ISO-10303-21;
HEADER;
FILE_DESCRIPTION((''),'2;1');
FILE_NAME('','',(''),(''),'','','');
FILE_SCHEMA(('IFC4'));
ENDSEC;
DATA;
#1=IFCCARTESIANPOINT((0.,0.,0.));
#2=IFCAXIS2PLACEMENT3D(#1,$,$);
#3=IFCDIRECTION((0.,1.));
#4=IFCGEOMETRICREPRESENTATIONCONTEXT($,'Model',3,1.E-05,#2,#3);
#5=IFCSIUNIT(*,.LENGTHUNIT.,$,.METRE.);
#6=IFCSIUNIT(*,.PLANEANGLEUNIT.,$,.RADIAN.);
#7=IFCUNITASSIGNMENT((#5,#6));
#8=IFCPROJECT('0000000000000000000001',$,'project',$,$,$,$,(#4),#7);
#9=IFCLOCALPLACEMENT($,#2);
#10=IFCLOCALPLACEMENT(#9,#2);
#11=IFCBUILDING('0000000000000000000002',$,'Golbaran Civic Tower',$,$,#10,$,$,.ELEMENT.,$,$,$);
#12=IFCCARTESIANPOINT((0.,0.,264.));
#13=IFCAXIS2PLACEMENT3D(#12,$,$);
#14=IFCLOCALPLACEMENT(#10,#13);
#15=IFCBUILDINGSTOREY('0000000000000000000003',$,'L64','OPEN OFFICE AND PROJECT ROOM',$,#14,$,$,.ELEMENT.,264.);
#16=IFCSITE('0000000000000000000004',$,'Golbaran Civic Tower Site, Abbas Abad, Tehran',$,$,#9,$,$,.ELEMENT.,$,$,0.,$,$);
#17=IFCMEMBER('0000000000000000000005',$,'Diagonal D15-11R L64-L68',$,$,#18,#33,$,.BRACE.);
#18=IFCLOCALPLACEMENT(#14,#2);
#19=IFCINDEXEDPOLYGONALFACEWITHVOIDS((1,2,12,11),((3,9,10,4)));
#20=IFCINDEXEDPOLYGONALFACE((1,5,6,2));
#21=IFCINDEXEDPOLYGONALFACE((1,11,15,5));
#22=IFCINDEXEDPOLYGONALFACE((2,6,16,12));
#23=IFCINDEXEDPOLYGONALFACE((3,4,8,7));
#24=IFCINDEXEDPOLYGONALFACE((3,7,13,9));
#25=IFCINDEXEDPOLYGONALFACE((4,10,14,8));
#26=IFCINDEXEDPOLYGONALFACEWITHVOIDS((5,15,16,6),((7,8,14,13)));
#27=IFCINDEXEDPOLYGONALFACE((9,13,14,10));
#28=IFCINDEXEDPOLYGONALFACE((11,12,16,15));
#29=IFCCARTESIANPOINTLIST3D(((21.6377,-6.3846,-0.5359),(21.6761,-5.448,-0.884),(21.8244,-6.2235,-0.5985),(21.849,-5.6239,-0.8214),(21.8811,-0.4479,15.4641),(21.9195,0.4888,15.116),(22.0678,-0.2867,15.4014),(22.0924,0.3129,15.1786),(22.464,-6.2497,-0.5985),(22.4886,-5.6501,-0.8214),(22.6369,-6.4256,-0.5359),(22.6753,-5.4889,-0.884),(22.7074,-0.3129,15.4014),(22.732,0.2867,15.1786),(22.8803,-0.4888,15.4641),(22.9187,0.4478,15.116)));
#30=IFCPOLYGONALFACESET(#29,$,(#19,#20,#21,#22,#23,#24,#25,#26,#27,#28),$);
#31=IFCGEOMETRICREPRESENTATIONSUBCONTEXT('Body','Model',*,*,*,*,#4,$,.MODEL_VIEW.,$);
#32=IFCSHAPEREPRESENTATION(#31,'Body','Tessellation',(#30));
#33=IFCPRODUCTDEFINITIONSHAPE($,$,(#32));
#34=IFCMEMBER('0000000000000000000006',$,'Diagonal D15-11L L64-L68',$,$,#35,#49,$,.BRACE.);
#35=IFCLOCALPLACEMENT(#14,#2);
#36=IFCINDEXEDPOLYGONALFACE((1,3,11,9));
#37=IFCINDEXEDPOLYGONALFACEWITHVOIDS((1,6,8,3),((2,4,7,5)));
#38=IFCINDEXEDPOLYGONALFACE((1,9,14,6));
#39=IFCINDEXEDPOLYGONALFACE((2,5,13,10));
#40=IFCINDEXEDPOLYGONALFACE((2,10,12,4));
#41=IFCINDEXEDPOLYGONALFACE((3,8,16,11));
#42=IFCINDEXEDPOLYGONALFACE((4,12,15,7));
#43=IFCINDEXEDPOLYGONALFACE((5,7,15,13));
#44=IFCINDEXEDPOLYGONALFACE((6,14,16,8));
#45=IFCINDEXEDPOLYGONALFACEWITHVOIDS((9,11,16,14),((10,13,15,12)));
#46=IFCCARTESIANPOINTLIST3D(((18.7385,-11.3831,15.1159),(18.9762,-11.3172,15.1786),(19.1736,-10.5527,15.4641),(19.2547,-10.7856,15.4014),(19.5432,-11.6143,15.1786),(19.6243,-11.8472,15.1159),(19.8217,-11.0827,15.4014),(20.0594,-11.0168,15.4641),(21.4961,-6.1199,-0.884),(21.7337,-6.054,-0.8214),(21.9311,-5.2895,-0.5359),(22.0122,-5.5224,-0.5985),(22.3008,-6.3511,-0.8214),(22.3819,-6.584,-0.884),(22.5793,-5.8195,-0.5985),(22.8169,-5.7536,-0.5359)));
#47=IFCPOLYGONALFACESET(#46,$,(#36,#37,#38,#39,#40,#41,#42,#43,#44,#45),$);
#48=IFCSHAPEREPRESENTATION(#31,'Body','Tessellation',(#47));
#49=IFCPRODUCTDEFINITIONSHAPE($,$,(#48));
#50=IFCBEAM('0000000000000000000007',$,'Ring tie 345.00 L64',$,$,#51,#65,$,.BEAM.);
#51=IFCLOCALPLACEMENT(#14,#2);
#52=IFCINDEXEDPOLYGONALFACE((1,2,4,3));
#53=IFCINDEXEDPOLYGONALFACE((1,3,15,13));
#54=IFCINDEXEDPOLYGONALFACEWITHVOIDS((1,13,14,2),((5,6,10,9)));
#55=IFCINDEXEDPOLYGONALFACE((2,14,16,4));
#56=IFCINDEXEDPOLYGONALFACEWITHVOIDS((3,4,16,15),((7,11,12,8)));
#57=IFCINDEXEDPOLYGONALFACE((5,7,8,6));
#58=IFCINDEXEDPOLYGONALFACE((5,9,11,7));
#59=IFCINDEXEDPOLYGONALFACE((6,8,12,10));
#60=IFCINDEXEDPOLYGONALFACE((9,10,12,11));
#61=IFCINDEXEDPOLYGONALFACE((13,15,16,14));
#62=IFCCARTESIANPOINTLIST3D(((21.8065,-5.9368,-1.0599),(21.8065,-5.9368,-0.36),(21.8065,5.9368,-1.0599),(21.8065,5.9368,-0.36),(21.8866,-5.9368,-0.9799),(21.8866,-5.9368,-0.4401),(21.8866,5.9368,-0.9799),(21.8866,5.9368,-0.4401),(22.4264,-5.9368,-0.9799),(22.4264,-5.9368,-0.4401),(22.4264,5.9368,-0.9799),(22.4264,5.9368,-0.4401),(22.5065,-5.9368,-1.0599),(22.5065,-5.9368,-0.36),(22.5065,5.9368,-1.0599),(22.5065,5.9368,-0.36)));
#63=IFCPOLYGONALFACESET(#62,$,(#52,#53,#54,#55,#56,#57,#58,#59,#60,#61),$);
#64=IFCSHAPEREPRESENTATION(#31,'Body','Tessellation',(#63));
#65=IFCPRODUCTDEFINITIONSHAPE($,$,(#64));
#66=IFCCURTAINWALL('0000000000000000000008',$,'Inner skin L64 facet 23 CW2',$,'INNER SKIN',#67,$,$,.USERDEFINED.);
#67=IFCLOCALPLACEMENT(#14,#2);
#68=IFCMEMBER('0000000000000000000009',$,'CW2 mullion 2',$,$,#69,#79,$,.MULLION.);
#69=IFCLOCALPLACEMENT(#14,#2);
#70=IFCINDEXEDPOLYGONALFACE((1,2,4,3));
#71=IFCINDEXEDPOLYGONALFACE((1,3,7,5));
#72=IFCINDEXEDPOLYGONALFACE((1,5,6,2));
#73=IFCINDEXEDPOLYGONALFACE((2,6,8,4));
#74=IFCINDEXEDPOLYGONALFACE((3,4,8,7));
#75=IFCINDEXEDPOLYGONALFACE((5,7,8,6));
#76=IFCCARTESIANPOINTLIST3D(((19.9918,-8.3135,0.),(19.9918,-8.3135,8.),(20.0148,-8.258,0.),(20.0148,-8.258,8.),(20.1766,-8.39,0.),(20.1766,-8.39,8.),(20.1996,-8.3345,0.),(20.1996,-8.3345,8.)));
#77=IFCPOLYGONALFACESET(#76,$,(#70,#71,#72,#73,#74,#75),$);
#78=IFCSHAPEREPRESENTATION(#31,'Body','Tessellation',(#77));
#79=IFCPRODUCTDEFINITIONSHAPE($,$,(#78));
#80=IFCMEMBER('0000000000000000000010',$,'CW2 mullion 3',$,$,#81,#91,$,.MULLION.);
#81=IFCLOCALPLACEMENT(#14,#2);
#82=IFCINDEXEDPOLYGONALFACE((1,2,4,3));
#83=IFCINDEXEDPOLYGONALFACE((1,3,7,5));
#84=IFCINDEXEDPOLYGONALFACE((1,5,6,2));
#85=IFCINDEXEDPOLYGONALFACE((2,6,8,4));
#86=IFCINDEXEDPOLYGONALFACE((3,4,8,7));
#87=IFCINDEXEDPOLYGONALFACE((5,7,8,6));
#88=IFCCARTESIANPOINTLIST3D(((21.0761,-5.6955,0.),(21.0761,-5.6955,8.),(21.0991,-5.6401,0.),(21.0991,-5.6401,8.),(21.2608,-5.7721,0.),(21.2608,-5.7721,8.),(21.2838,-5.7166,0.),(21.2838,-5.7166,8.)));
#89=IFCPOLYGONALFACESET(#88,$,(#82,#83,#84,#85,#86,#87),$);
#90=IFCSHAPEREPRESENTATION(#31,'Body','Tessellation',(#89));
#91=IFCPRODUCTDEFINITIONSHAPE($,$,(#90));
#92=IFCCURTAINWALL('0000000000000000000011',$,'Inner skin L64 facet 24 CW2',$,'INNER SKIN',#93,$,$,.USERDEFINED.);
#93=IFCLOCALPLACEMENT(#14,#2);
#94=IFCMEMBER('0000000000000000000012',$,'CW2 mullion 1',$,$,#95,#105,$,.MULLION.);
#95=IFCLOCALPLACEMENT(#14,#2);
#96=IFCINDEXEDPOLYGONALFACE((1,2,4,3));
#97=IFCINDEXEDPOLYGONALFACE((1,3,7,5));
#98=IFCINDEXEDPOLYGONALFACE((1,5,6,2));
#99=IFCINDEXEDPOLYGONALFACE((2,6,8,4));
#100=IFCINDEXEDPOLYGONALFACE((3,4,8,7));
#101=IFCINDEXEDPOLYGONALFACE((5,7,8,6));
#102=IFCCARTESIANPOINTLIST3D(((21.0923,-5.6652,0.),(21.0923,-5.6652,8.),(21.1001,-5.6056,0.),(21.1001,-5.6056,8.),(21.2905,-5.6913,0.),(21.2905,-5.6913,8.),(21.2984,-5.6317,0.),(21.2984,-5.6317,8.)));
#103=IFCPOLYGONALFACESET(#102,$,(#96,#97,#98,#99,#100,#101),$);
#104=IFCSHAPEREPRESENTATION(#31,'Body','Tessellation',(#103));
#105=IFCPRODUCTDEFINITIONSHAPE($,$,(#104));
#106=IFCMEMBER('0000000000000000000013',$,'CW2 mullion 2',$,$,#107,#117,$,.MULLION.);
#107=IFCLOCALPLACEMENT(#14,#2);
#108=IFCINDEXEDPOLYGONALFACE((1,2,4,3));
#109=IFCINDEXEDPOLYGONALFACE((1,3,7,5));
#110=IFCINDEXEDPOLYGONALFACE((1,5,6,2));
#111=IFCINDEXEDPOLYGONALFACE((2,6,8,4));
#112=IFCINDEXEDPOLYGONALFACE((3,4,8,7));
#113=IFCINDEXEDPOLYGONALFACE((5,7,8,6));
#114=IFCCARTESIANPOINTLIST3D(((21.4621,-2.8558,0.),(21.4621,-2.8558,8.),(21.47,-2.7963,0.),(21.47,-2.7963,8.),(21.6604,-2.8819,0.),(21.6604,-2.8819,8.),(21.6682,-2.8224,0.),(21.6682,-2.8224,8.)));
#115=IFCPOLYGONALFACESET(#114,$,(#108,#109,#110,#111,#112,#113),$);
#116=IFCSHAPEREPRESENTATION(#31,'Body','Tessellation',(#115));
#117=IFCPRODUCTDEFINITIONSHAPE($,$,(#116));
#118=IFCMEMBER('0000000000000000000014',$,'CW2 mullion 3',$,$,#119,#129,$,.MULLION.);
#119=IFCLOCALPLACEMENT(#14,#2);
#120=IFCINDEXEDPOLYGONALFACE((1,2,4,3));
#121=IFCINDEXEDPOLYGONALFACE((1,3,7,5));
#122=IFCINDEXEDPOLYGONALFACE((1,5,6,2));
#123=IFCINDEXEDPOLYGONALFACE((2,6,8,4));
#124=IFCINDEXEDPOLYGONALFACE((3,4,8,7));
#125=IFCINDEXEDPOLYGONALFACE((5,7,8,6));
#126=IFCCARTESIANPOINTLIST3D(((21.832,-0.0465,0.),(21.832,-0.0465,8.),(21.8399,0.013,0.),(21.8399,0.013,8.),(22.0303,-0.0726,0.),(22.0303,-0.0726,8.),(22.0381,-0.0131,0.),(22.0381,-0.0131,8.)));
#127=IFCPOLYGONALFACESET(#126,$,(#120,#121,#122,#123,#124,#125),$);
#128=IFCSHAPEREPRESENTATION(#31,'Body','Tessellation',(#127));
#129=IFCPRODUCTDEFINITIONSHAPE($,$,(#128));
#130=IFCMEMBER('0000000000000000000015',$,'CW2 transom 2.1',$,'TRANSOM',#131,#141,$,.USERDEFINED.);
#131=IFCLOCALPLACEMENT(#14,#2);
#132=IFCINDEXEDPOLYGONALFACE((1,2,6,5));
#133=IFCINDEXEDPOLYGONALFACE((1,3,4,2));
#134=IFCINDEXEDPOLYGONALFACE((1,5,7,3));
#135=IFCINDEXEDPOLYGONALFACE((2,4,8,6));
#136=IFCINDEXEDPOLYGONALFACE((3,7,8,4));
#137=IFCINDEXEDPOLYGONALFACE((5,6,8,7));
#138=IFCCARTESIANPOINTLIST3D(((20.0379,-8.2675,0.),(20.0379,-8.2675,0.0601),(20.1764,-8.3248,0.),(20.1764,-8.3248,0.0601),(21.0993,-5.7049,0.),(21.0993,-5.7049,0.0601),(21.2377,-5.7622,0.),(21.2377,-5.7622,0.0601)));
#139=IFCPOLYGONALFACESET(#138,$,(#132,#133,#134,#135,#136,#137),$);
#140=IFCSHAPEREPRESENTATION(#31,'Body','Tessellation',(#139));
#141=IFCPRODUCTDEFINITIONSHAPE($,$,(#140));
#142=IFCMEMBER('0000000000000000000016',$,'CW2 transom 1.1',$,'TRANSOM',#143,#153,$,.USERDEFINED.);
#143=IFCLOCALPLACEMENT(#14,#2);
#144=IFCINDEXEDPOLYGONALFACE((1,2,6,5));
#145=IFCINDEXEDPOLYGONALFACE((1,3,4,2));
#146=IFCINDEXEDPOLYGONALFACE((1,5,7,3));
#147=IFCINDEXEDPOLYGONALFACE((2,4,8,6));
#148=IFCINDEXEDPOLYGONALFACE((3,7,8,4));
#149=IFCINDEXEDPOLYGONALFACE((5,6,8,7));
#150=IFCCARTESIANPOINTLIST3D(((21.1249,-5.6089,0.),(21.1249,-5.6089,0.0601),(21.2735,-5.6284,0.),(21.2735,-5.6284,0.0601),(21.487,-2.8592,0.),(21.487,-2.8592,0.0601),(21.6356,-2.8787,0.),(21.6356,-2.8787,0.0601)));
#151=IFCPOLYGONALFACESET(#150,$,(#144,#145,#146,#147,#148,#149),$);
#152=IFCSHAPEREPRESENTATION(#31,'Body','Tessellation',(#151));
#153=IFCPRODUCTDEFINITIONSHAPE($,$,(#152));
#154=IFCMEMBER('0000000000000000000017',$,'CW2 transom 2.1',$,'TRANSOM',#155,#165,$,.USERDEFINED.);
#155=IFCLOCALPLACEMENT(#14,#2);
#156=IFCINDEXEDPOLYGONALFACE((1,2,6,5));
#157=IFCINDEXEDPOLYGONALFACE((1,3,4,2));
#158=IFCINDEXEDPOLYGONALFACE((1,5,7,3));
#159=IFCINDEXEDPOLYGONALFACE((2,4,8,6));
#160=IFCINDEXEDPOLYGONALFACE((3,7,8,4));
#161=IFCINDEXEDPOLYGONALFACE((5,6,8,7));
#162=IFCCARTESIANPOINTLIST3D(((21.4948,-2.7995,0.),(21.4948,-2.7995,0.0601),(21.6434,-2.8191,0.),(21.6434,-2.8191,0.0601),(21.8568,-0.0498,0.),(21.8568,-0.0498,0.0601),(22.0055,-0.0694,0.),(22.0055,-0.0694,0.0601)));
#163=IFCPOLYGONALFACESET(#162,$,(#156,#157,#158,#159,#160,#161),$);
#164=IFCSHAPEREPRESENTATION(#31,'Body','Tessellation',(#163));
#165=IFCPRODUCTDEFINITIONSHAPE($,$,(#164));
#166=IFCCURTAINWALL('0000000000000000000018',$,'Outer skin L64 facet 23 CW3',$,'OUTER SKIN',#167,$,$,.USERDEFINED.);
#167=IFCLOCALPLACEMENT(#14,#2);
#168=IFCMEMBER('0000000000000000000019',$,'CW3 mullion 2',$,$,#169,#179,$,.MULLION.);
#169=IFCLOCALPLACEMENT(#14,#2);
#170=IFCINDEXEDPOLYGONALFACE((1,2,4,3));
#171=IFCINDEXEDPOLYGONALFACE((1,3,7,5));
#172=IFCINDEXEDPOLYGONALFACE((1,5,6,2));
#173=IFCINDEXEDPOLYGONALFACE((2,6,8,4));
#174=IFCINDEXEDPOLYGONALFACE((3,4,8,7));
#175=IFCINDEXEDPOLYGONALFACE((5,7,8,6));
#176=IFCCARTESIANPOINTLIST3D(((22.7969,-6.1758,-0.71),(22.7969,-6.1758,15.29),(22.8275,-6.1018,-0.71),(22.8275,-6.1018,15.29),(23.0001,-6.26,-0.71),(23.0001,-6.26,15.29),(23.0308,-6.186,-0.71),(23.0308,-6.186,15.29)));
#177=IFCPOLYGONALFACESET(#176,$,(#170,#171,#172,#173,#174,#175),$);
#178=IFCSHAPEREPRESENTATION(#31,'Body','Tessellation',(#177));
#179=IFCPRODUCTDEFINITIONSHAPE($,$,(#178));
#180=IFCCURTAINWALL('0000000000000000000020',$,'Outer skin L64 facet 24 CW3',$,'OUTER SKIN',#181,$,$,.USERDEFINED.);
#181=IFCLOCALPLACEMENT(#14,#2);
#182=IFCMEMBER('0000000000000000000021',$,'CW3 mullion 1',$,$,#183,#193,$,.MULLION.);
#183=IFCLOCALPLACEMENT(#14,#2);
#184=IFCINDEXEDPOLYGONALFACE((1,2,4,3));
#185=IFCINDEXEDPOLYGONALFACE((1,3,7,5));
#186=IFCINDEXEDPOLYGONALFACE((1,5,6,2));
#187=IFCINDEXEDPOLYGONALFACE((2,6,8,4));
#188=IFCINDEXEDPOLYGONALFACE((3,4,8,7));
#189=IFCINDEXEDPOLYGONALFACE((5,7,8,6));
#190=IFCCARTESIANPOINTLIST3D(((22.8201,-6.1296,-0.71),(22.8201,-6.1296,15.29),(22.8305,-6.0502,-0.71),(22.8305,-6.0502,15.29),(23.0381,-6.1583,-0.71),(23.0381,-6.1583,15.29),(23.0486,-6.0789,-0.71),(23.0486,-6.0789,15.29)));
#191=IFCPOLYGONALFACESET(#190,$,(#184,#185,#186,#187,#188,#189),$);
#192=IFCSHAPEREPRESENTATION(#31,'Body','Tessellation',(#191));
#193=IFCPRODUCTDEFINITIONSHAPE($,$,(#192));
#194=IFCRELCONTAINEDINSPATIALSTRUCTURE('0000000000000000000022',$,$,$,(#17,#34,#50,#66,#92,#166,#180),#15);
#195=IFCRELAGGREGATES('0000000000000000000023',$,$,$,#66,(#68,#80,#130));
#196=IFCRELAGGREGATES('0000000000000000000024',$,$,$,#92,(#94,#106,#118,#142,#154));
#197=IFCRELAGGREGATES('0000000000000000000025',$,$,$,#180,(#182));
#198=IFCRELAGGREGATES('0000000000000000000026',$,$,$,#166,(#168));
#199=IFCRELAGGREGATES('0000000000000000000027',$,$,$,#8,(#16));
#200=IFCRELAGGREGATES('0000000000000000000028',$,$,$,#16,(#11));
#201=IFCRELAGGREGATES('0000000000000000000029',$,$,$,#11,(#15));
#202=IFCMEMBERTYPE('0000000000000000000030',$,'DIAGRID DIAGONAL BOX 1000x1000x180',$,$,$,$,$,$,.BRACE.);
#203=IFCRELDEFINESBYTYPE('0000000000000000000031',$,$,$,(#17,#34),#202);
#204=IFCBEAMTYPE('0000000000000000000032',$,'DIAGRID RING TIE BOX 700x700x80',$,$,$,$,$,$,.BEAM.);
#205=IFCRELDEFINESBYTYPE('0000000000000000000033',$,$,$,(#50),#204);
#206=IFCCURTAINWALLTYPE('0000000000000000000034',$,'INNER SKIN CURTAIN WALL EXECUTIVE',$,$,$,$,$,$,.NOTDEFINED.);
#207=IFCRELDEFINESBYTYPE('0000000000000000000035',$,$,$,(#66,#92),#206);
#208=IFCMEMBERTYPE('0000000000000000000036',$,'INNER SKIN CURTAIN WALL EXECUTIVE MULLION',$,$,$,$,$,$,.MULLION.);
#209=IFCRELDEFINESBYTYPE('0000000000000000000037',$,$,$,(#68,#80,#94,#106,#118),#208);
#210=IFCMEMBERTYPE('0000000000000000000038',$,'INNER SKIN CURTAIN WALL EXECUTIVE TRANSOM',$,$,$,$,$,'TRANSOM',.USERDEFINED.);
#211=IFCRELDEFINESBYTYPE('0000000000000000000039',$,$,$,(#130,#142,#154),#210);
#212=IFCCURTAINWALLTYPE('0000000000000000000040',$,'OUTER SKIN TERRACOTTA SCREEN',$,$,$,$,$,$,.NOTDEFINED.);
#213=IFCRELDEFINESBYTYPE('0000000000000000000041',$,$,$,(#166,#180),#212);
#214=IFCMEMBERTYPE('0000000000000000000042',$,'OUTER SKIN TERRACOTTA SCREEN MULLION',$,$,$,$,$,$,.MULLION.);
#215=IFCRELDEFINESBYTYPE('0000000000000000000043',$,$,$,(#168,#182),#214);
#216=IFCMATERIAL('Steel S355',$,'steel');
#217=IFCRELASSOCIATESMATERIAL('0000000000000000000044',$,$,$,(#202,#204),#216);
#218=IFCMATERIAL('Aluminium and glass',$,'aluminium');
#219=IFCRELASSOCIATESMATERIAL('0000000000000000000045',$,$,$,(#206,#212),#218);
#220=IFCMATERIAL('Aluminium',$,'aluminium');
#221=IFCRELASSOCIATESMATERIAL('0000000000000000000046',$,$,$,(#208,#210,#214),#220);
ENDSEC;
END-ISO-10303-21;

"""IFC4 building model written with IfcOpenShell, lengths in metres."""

from ifc_helpers import new_model, si_unit, direction, frame, origin, origin_2d, place, context, subcontext, project, spatial, rectangle, hollow_rectangle, extrude, material, material_profile, profile_set, type_object, element, aggregate, save


model = new_model("IFC4")

# Units and contexts
model_context = context("Model", 3, precision=1e-05, world=origin(), true_north=direction((0.0, 1.0)))
body_context = subcontext(model_context, "Body", "Model", "MODEL_VIEW")
ifc_project = project(units=[si_unit("LENGTHUNIT", "METRE"), si_unit("PLANEANGLEUNIT", "RADIAN")], contexts=[model_context])

# Site, building, storey
site_placement = place(None, origin())
site = spatial("IfcSite", under=ifc_project, at=site_placement, Name="Golbaran Civic Tower Site, Abbas Abad, Tehran", CompositionType="ELEMENT", RefElevation=0.0)
building_placement = place(site_placement, origin())
building = spatial("IfcBuilding", under=site, at=building_placement, Name="Golbaran Civic Tower", CompositionType="ELEMENT")
storey_placement = place(building_placement, frame((0.0, 0.0, 264.0)))
storey = spatial("IfcBuildingStorey", under=building, at=storey_placement, Name="L64", Description="OPEN OFFICE AND PROJECT ROOM", CompositionType="ELEMENT", Elevation=264.0)

# Members
ifc_material_1 = material(Name="Steel S355", Category="steel")
ifc_material_profile_1 = material_profile(ifc_material_1, hollow_rectangle(XDim=1.0, YDim=1.0, WallThickness=0.1799, at=origin_2d()), Name="BOX 1000x1000x180")
ifc_profile_set_1 = profile_set([ifc_material_profile_1], Name="Steel S355")
member_type_1 = type_object("IfcMemberType", Name="DIAGRID DIAGONAL BOX 1000x1000x180", PredefinedType="BRACE", material=ifc_profile_set_1)
for number, where, z_axis, x_axis, name in (
    (1, (22.1565, -5.9368, -0.71), (0.014261, 0.347838, 0.937446), (-0.999161, 0.040966, 0.0), "Diagonal D15-11R L64-L68"),
    (2, (22.1565, -5.9368, -0.71), (-0.161567, -0.308372, 0.937445), (0.885786, -0.464095, 0.0), "Diagonal D15-11L L64-L68"),
):
    element("IfcMember", number, at=place(storey_placement, frame(where, z_axis=z_axis, x_axis=x_axis)), inside=storey, type_object=member_type_1, Name=name, PredefinedType="BRACE", context=body_context, shape_type="SweptSolid", body=[
        extrude(hollow_rectangle(XDim=1.0, YDim=1.0, WallThickness=0.1799, at=origin_2d()), origin(), (0.0, 0.0, 1.0), 17.0676),
    ])

# Beam
ifc_material_profile_2 = material_profile(ifc_material_1, hollow_rectangle(XDim=0.7, YDim=0.7, WallThickness=0.0801, at=origin_2d()), Name="BOX 700x700x80")
ifc_profile_set_2 = profile_set([ifc_material_profile_2], Name="Steel S355")
beam_type = type_object("IfcBeamType", Name="DIAGRID RING TIE BOX 700x700x80", PredefinedType="BEAM", material=ifc_profile_set_2)
beam_placement = place(storey_placement, frame((22.1565, -5.9368, -0.71), z_axis=(0.0, 1.0, 0.0), x_axis=(-1.0, 0.0, 0.0)))
element("IfcBeam", 3, at=beam_placement, inside=storey, type_object=beam_type, Name="Ring tie 345.00 L64", PredefinedType="BEAM", context=body_context, shape_type="SweptSolid", body=[
    extrude(hollow_rectangle(XDim=0.7, YDim=0.7, WallThickness=0.0801, at=origin_2d()), origin(), (0.0, 0.0, 1.0), 11.8735),
])

# Curtain walls, members
ifc_material_2 = material(Name="Aluminium and glass", Category="aluminium")
curtain_wall_type_1 = type_object("IfcCurtainWallType", Name="INNER SKIN CURTAIN WALL EXECUTIVE", PredefinedType="NOTDEFINED", material=ifc_material_2)
curtain_wall_1_placement = place(storey_placement, origin())
curtain_wall_1 = element("IfcCurtainWall", 4, at=curtain_wall_1_placement, inside=storey, type_object=curtain_wall_type_1, Name="Inner skin L64 facet 23 CW2", ObjectType="INNER SKIN", PredefinedType="USERDEFINED")
ifc_material_3 = material(Name="Aluminium", Category="aluminium")
ifc_material_profile_3 = material_profile(ifc_material_3, rectangle(XDim=0.2, YDim=0.0601, at=origin_2d()), Name="INNER SKIN CURTAIN WALL EXECUTIVE MULLION")
ifc_profile_set_3 = profile_set([ifc_material_profile_3], Name="Aluminium")
member_type_2 = type_object("IfcMemberType", Name="INNER SKIN CURTAIN WALL EXECUTIVE MULLION", PredefinedType="MULLION", material=ifc_profile_set_3)
member_1_placement = place(storey_placement, frame((20.0957, -8.324, 0.0), z_axis=(0.0, 0.0, 1.0), x_axis=(-0.92388, 0.382683, 0.0)))
member_1 = element("IfcMember", 5, at=member_1_placement, type_object=member_type_2, Name="CW2 mullion 2", PredefinedType="MULLION", context=body_context, shape_type="SweptSolid", body=[
    extrude(rectangle(XDim=0.2, YDim=0.0601, at=origin_2d()), origin(), (0.0, 0.0, 1.0), 8.0),
])
member_2_placement = place(storey_placement, frame((21.1799, -5.7061, 0.0), z_axis=(0.0, 0.0, 1.0), x_axis=(-0.92388, 0.382683, 0.0)))
member_2 = element("IfcMember", 6, at=member_2_placement, type_object=member_type_2, Name="CW2 mullion 3", PredefinedType="MULLION", context=body_context, shape_type="SweptSolid", body=[
    extrude(rectangle(XDim=0.2, YDim=0.0601, at=origin_2d()), origin(), (0.0, 0.0, 1.0), 8.0),
])
curtain_wall_2_placement = place(storey_placement, origin())
curtain_wall_2 = element("IfcCurtainWall", 7, at=curtain_wall_2_placement, inside=storey, type_object=curtain_wall_type_1, Name="Inner skin L64 facet 24 CW2", ObjectType="INNER SKIN", PredefinedType="USERDEFINED")
member_3_placement = place(storey_placement, frame((21.1953, -5.6484, 0.0), z_axis=(0.0, 0.0, 1.0), x_axis=(-0.991445, 0.130526, 0.0)))
member_3 = element("IfcMember", 8, at=member_3_placement, type_object=member_type_2, Name="CW2 mullion 1", PredefinedType="MULLION", context=body_context, shape_type="SweptSolid", body=[
    extrude(rectangle(XDim=0.2, YDim=0.0601, at=origin_2d()), origin(), (0.0, 0.0, 1.0), 8.0),
])
member_4_placement = place(storey_placement, frame((21.5652, -2.8391, 0.0), z_axis=(0.0, 0.0, 1.0), x_axis=(-0.991445, 0.130526, 0.0)))
member_4 = element("IfcMember", 9, at=member_4_placement, type_object=member_type_2, Name="CW2 mullion 2", PredefinedType="MULLION", context=body_context, shape_type="SweptSolid", body=[
    extrude(rectangle(XDim=0.2, YDim=0.0601, at=origin_2d()), origin(), (0.0, 0.0, 1.0), 8.0),
])
member_5_placement = place(storey_placement, frame((21.9351, -0.0298, 0.0), z_axis=(0.0, 0.0, 1.0), x_axis=(-0.991445, 0.130526, 0.0)))
member_5 = element("IfcMember", 10, at=member_5_placement, type_object=member_type_2, Name="CW2 mullion 3", PredefinedType="MULLION", context=body_context, shape_type="SweptSolid", body=[
    extrude(rectangle(XDim=0.2, YDim=0.0601, at=origin_2d()), origin(), (0.0, 0.0, 1.0), 8.0),
])

# Members
ifc_material_profile_4 = material_profile(ifc_material_3, rectangle(XDim=0.1499, YDim=0.0601, at=origin_2d()), Name="INNER SKIN CURTAIN WALL EXECUTIVE TRANSOM")
ifc_profile_set_4 = profile_set([ifc_material_profile_4], Name="Aluminium")
member_type_3 = type_object("IfcMemberType", Name="INNER SKIN CURTAIN WALL EXECUTIVE TRANSOM", ElementType="TRANSOM", PredefinedType="USERDEFINED", material=ifc_profile_set_4)
member_6_placement = place(storey_placement, frame((20.1072, -8.2961, 0.03), z_axis=(0.382639, 0.923898, 0.0), x_axis=(-0.923898, 0.382639, 0.0)))
member_6 = element("IfcMember", 11, at=member_6_placement, type_object=member_type_3, Name="CW2 transom 2.1", ObjectType="TRANSOM", PredefinedType="USERDEFINED", context=body_context, shape_type="SweptSolid", body=[
    extrude(rectangle(XDim=0.1499, YDim=0.0601, at=origin_2d()), origin(), (0.0, 0.0, 1.0), 2.7737),
])
member_7_placement = place(storey_placement, frame((21.1992, -5.6187, 0.03), z_axis=(0.130543, 0.991443, 0.0), x_axis=(-0.991443, 0.130543, 0.0)))
member_7 = element("IfcMember", 12, at=member_7_placement, type_object=member_type_3, Name="CW2 transom 1.1", ObjectType="TRANSOM", PredefinedType="USERDEFINED", context=body_context, shape_type="SweptSolid", body=[
    extrude(rectangle(XDim=0.1499, YDim=0.0601, at=origin_2d()), origin(), (0.0, 0.0, 1.0), 2.7734),
])
member_8_placement = place(storey_placement, frame((21.5691, -2.8093, 0.03), z_axis=(0.130543, 0.991443, 0.0), x_axis=(-0.991443, 0.130543, 0.0)))
member_8 = element("IfcMember", 13, at=member_8_placement, type_object=member_type_3, Name="CW2 transom 2.1", ObjectType="TRANSOM", PredefinedType="USERDEFINED", context=body_context, shape_type="SweptSolid", body=[
    extrude(rectangle(XDim=0.1499, YDim=0.0601, at=origin_2d()), origin(), (0.0, 0.0, 1.0), 2.7734),
])

# Curtain wall, member
curtain_wall_type_2 = type_object("IfcCurtainWallType", Name="OUTER SKIN TERRACOTTA SCREEN", PredefinedType="NOTDEFINED", material=ifc_material_2)
curtain_wall_3_placement = place(storey_placement, origin())
curtain_wall_3 = element("IfcCurtainWall", 14, at=curtain_wall_3_placement, inside=storey, type_object=curtain_wall_type_2, Name="Outer skin L64 facet 23 CW3", ObjectType="OUTER SKIN", PredefinedType="USERDEFINED")
ifc_material_profile_5 = material_profile(ifc_material_3, rectangle(XDim=0.22, YDim=0.0801, at=origin_2d()), Name="OUTER SKIN TERRACOTTA SCREEN MULLION")
ifc_profile_set_5 = profile_set([ifc_material_profile_5], Name="Aluminium")
member_type_4 = type_object("IfcMemberType", Name="OUTER SKIN TERRACOTTA SCREEN MULLION", PredefinedType="MULLION", material=ifc_profile_set_5)
member_9_placement = place(storey_placement, frame((22.9138, -6.1809, -0.71), z_axis=(0.0, 0.0, 1.0), x_axis=(-0.92388, 0.382683, 0.0)))
member_9 = element("IfcMember", 15, at=member_9_placement, type_object=member_type_4, Name="CW3 mullion 2", PredefinedType="MULLION", context=body_context, shape_type="SweptSolid", body=[
    extrude(rectangle(XDim=0.22, YDim=0.0801, at=origin_2d()), origin(), (0.0, 0.0, 1.0), 16.0),
])

# Curtain wall, member
curtain_wall_4_placement = place(storey_placement, origin())
curtain_wall_4 = element("IfcCurtainWall", 16, at=curtain_wall_4_placement, inside=storey, type_object=curtain_wall_type_2, Name="Outer skin L64 facet 24 CW3", ObjectType="OUTER SKIN", PredefinedType="USERDEFINED")
member_10_placement = place(storey_placement, frame((22.9343, -6.1042, -0.71), z_axis=(0.0, 0.0, 1.0), x_axis=(-0.991445, 0.130526, 0.0)))
member_10 = element("IfcMember", 17, at=member_10_placement, type_object=member_type_4, Name="CW3 mullion 1", PredefinedType="MULLION", context=body_context, shape_type="SweptSolid", body=[
    extrude(rectangle(XDim=0.22, YDim=0.0801, at=origin_2d()), origin(), (0.0, 0.0, 1.0), 16.0),
])

aggregate(curtain_wall_1, [member_1, member_2, member_6])
aggregate(curtain_wall_2, [member_3, member_4, member_5, member_7, member_8])
aggregate(curtain_wall_4, [member_10])
aggregate(curtain_wall_3, [member_9])

save(model, "model.ifc")
